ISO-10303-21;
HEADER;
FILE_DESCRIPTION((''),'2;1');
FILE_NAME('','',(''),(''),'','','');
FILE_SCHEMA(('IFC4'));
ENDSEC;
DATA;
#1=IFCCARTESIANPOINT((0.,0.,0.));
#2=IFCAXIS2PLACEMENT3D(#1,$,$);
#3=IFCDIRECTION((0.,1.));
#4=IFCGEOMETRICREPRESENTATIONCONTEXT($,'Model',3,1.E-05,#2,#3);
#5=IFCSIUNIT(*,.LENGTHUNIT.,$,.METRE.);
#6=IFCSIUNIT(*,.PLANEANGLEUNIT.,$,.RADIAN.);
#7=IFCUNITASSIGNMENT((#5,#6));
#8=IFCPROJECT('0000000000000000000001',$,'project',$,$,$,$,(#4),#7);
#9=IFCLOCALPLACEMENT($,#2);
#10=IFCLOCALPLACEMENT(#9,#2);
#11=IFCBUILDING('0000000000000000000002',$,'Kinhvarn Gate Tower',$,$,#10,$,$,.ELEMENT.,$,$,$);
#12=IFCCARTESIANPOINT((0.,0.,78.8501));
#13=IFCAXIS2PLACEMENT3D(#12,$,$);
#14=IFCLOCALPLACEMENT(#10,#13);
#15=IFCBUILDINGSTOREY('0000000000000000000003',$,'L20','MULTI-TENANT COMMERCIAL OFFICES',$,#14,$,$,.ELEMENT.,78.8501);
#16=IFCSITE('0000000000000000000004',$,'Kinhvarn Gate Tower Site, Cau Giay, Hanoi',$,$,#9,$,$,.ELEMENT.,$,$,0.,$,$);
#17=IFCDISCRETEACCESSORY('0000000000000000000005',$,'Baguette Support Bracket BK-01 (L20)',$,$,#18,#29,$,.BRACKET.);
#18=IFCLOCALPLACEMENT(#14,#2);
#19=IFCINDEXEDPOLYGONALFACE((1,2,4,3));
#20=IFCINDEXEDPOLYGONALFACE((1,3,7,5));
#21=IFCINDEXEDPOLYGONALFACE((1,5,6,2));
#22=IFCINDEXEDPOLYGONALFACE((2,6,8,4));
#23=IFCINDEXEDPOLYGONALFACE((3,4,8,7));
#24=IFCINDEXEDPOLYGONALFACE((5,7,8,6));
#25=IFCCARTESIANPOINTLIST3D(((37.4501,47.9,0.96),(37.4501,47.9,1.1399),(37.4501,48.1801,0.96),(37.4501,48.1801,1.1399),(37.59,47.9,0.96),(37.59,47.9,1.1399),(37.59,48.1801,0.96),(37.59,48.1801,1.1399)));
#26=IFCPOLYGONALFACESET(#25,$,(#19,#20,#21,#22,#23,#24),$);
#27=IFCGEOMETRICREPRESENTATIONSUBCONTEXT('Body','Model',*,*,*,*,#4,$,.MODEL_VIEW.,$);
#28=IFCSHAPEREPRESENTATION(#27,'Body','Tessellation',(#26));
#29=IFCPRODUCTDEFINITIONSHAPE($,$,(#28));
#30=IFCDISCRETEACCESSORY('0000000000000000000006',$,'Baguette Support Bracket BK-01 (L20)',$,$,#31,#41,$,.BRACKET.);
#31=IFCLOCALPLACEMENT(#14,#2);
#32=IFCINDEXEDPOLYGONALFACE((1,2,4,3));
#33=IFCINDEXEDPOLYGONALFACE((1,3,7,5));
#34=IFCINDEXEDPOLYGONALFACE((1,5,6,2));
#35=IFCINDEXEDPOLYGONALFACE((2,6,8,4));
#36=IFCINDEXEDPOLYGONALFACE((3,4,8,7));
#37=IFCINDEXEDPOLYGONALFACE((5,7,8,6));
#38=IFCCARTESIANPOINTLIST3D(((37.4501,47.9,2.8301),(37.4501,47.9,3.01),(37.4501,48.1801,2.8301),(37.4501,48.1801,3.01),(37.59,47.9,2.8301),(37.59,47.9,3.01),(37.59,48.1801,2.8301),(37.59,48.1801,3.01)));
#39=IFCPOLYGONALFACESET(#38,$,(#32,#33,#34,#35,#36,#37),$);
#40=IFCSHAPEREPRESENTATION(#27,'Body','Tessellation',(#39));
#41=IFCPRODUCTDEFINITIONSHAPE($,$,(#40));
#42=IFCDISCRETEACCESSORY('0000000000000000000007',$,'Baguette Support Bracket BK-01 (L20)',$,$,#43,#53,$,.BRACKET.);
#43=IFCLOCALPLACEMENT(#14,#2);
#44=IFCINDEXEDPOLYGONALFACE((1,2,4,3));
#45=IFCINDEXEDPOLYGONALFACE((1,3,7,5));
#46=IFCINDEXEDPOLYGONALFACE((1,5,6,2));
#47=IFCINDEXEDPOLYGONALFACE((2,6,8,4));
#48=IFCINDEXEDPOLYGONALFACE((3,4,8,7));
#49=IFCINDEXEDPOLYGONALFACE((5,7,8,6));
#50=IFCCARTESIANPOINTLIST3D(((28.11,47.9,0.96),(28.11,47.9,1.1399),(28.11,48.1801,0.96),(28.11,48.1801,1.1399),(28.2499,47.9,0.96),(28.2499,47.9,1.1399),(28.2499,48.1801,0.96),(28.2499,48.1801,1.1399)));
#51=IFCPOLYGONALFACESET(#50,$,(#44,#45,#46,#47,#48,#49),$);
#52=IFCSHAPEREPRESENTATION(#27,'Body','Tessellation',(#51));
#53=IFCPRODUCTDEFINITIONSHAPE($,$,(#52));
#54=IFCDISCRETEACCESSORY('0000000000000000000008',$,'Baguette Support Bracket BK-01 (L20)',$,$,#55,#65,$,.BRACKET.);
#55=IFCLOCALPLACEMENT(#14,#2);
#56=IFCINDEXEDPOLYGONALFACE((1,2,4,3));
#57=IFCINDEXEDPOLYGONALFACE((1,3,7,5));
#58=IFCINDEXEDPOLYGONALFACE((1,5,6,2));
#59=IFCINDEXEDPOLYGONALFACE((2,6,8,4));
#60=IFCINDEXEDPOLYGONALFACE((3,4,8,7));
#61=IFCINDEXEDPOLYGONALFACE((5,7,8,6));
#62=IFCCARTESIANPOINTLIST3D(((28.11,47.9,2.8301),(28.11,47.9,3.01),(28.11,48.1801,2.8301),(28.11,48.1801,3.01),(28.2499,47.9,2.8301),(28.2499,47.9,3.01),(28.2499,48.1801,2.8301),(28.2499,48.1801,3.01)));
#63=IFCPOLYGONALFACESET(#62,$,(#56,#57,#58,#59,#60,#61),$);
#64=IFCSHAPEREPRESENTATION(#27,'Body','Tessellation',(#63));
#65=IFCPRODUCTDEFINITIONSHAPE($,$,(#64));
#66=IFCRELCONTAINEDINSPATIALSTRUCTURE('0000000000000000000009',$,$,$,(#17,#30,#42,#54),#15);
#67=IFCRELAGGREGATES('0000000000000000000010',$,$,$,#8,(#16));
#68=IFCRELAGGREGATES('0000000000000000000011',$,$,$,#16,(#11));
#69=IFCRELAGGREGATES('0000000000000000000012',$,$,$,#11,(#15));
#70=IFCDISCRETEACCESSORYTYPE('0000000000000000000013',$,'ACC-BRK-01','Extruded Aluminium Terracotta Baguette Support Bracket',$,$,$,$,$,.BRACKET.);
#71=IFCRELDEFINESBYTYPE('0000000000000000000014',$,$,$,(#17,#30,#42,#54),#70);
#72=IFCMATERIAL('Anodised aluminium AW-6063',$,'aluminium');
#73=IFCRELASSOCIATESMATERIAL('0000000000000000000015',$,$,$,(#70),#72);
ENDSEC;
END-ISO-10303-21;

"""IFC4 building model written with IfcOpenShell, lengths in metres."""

from ifc_helpers import new_model, si_unit, direction, frame, origin, origin_2d, place, context, subcontext, project, spatial, rectangle, extrude, material, type_object, element, save


model = new_model("IFC4")

# Units and contexts
model_context = context("Model", 3, precision=1e-05, world=origin(), true_north=direction((0.0, 1.0)))
body_context = subcontext(model_context, "Body", "Model", "MODEL_VIEW")
ifc_project = project(units=[si_unit("LENGTHUNIT", "METRE"), si_unit("PLANEANGLEUNIT", "RADIAN")], contexts=[model_context])

# Site, building, storey
site_placement = place(None, origin())
site = spatial("IfcSite", under=ifc_project, at=site_placement, Name="Kinhvarn Gate Tower Site, Cau Giay, Hanoi", CompositionType="ELEMENT", RefElevation=0.0)
building_placement = place(site_placement, origin())
building = spatial("IfcBuilding", under=site, at=building_placement, Name="Kinhvarn Gate Tower", CompositionType="ELEMENT")
storey_placement = place(building_placement, frame((0.0, 0.0, 78.8501)))
storey = spatial("IfcBuildingStorey", under=building, at=storey_placement, Name="L20", Description="MULTI-TENANT COMMERCIAL OFFICES", CompositionType="ELEMENT", Elevation=78.8501)

# Shared definitions
ifc_material_1 = material(Name="Anodised aluminium AW-6063", Category="aluminium")

# Discrete accessories
discrete_accessory_type = type_object("IfcDiscreteAccessoryType", Name="ACC-BRK-01", Description="Extruded Aluminium Terracotta Baguette Support Bracket", PredefinedType="BRACKET", material=ifc_material_1)
for number, where, z_axis, x_axis, name in (
    (1, (37.52, 48.04, 0.96), (0.0, 0.0, 1.0), (-1.0, 0.0, 0.0), "Baguette Support Bracket BK-01 (L20)"),
    (2, (37.52, 48.04, 2.8301), (0.0, 0.0, 1.0), (-1.0, 0.0, 0.0), "Baguette Support Bracket BK-01 (L20)"),
    (3, (28.1799, 48.04, 0.96), (0.0, 0.0, 1.0), (-1.0, 0.0, 0.0), "Baguette Support Bracket BK-01 (L20)"),
    (4, (28.1799, 48.04, 2.8301), (0.0, 0.0, 1.0), (-1.0, 0.0, 0.0), "Baguette Support Bracket BK-01 (L20)"),
):
    element("IfcDiscreteAccessory", number, at=place(storey_placement, frame(where, z_axis=z_axis, x_axis=x_axis)), inside=storey, type_object=discrete_accessory_type, Name=name, PredefinedType="BRACKET", context=body_context, shape_type="SweptSolid", body=[
        extrude(rectangle(XDim=0.1399, YDim=0.28, at=origin_2d()), origin(), (0.0, 0.0, 1.0), 0.1799),
    ])

save(model, "model.ifc")
